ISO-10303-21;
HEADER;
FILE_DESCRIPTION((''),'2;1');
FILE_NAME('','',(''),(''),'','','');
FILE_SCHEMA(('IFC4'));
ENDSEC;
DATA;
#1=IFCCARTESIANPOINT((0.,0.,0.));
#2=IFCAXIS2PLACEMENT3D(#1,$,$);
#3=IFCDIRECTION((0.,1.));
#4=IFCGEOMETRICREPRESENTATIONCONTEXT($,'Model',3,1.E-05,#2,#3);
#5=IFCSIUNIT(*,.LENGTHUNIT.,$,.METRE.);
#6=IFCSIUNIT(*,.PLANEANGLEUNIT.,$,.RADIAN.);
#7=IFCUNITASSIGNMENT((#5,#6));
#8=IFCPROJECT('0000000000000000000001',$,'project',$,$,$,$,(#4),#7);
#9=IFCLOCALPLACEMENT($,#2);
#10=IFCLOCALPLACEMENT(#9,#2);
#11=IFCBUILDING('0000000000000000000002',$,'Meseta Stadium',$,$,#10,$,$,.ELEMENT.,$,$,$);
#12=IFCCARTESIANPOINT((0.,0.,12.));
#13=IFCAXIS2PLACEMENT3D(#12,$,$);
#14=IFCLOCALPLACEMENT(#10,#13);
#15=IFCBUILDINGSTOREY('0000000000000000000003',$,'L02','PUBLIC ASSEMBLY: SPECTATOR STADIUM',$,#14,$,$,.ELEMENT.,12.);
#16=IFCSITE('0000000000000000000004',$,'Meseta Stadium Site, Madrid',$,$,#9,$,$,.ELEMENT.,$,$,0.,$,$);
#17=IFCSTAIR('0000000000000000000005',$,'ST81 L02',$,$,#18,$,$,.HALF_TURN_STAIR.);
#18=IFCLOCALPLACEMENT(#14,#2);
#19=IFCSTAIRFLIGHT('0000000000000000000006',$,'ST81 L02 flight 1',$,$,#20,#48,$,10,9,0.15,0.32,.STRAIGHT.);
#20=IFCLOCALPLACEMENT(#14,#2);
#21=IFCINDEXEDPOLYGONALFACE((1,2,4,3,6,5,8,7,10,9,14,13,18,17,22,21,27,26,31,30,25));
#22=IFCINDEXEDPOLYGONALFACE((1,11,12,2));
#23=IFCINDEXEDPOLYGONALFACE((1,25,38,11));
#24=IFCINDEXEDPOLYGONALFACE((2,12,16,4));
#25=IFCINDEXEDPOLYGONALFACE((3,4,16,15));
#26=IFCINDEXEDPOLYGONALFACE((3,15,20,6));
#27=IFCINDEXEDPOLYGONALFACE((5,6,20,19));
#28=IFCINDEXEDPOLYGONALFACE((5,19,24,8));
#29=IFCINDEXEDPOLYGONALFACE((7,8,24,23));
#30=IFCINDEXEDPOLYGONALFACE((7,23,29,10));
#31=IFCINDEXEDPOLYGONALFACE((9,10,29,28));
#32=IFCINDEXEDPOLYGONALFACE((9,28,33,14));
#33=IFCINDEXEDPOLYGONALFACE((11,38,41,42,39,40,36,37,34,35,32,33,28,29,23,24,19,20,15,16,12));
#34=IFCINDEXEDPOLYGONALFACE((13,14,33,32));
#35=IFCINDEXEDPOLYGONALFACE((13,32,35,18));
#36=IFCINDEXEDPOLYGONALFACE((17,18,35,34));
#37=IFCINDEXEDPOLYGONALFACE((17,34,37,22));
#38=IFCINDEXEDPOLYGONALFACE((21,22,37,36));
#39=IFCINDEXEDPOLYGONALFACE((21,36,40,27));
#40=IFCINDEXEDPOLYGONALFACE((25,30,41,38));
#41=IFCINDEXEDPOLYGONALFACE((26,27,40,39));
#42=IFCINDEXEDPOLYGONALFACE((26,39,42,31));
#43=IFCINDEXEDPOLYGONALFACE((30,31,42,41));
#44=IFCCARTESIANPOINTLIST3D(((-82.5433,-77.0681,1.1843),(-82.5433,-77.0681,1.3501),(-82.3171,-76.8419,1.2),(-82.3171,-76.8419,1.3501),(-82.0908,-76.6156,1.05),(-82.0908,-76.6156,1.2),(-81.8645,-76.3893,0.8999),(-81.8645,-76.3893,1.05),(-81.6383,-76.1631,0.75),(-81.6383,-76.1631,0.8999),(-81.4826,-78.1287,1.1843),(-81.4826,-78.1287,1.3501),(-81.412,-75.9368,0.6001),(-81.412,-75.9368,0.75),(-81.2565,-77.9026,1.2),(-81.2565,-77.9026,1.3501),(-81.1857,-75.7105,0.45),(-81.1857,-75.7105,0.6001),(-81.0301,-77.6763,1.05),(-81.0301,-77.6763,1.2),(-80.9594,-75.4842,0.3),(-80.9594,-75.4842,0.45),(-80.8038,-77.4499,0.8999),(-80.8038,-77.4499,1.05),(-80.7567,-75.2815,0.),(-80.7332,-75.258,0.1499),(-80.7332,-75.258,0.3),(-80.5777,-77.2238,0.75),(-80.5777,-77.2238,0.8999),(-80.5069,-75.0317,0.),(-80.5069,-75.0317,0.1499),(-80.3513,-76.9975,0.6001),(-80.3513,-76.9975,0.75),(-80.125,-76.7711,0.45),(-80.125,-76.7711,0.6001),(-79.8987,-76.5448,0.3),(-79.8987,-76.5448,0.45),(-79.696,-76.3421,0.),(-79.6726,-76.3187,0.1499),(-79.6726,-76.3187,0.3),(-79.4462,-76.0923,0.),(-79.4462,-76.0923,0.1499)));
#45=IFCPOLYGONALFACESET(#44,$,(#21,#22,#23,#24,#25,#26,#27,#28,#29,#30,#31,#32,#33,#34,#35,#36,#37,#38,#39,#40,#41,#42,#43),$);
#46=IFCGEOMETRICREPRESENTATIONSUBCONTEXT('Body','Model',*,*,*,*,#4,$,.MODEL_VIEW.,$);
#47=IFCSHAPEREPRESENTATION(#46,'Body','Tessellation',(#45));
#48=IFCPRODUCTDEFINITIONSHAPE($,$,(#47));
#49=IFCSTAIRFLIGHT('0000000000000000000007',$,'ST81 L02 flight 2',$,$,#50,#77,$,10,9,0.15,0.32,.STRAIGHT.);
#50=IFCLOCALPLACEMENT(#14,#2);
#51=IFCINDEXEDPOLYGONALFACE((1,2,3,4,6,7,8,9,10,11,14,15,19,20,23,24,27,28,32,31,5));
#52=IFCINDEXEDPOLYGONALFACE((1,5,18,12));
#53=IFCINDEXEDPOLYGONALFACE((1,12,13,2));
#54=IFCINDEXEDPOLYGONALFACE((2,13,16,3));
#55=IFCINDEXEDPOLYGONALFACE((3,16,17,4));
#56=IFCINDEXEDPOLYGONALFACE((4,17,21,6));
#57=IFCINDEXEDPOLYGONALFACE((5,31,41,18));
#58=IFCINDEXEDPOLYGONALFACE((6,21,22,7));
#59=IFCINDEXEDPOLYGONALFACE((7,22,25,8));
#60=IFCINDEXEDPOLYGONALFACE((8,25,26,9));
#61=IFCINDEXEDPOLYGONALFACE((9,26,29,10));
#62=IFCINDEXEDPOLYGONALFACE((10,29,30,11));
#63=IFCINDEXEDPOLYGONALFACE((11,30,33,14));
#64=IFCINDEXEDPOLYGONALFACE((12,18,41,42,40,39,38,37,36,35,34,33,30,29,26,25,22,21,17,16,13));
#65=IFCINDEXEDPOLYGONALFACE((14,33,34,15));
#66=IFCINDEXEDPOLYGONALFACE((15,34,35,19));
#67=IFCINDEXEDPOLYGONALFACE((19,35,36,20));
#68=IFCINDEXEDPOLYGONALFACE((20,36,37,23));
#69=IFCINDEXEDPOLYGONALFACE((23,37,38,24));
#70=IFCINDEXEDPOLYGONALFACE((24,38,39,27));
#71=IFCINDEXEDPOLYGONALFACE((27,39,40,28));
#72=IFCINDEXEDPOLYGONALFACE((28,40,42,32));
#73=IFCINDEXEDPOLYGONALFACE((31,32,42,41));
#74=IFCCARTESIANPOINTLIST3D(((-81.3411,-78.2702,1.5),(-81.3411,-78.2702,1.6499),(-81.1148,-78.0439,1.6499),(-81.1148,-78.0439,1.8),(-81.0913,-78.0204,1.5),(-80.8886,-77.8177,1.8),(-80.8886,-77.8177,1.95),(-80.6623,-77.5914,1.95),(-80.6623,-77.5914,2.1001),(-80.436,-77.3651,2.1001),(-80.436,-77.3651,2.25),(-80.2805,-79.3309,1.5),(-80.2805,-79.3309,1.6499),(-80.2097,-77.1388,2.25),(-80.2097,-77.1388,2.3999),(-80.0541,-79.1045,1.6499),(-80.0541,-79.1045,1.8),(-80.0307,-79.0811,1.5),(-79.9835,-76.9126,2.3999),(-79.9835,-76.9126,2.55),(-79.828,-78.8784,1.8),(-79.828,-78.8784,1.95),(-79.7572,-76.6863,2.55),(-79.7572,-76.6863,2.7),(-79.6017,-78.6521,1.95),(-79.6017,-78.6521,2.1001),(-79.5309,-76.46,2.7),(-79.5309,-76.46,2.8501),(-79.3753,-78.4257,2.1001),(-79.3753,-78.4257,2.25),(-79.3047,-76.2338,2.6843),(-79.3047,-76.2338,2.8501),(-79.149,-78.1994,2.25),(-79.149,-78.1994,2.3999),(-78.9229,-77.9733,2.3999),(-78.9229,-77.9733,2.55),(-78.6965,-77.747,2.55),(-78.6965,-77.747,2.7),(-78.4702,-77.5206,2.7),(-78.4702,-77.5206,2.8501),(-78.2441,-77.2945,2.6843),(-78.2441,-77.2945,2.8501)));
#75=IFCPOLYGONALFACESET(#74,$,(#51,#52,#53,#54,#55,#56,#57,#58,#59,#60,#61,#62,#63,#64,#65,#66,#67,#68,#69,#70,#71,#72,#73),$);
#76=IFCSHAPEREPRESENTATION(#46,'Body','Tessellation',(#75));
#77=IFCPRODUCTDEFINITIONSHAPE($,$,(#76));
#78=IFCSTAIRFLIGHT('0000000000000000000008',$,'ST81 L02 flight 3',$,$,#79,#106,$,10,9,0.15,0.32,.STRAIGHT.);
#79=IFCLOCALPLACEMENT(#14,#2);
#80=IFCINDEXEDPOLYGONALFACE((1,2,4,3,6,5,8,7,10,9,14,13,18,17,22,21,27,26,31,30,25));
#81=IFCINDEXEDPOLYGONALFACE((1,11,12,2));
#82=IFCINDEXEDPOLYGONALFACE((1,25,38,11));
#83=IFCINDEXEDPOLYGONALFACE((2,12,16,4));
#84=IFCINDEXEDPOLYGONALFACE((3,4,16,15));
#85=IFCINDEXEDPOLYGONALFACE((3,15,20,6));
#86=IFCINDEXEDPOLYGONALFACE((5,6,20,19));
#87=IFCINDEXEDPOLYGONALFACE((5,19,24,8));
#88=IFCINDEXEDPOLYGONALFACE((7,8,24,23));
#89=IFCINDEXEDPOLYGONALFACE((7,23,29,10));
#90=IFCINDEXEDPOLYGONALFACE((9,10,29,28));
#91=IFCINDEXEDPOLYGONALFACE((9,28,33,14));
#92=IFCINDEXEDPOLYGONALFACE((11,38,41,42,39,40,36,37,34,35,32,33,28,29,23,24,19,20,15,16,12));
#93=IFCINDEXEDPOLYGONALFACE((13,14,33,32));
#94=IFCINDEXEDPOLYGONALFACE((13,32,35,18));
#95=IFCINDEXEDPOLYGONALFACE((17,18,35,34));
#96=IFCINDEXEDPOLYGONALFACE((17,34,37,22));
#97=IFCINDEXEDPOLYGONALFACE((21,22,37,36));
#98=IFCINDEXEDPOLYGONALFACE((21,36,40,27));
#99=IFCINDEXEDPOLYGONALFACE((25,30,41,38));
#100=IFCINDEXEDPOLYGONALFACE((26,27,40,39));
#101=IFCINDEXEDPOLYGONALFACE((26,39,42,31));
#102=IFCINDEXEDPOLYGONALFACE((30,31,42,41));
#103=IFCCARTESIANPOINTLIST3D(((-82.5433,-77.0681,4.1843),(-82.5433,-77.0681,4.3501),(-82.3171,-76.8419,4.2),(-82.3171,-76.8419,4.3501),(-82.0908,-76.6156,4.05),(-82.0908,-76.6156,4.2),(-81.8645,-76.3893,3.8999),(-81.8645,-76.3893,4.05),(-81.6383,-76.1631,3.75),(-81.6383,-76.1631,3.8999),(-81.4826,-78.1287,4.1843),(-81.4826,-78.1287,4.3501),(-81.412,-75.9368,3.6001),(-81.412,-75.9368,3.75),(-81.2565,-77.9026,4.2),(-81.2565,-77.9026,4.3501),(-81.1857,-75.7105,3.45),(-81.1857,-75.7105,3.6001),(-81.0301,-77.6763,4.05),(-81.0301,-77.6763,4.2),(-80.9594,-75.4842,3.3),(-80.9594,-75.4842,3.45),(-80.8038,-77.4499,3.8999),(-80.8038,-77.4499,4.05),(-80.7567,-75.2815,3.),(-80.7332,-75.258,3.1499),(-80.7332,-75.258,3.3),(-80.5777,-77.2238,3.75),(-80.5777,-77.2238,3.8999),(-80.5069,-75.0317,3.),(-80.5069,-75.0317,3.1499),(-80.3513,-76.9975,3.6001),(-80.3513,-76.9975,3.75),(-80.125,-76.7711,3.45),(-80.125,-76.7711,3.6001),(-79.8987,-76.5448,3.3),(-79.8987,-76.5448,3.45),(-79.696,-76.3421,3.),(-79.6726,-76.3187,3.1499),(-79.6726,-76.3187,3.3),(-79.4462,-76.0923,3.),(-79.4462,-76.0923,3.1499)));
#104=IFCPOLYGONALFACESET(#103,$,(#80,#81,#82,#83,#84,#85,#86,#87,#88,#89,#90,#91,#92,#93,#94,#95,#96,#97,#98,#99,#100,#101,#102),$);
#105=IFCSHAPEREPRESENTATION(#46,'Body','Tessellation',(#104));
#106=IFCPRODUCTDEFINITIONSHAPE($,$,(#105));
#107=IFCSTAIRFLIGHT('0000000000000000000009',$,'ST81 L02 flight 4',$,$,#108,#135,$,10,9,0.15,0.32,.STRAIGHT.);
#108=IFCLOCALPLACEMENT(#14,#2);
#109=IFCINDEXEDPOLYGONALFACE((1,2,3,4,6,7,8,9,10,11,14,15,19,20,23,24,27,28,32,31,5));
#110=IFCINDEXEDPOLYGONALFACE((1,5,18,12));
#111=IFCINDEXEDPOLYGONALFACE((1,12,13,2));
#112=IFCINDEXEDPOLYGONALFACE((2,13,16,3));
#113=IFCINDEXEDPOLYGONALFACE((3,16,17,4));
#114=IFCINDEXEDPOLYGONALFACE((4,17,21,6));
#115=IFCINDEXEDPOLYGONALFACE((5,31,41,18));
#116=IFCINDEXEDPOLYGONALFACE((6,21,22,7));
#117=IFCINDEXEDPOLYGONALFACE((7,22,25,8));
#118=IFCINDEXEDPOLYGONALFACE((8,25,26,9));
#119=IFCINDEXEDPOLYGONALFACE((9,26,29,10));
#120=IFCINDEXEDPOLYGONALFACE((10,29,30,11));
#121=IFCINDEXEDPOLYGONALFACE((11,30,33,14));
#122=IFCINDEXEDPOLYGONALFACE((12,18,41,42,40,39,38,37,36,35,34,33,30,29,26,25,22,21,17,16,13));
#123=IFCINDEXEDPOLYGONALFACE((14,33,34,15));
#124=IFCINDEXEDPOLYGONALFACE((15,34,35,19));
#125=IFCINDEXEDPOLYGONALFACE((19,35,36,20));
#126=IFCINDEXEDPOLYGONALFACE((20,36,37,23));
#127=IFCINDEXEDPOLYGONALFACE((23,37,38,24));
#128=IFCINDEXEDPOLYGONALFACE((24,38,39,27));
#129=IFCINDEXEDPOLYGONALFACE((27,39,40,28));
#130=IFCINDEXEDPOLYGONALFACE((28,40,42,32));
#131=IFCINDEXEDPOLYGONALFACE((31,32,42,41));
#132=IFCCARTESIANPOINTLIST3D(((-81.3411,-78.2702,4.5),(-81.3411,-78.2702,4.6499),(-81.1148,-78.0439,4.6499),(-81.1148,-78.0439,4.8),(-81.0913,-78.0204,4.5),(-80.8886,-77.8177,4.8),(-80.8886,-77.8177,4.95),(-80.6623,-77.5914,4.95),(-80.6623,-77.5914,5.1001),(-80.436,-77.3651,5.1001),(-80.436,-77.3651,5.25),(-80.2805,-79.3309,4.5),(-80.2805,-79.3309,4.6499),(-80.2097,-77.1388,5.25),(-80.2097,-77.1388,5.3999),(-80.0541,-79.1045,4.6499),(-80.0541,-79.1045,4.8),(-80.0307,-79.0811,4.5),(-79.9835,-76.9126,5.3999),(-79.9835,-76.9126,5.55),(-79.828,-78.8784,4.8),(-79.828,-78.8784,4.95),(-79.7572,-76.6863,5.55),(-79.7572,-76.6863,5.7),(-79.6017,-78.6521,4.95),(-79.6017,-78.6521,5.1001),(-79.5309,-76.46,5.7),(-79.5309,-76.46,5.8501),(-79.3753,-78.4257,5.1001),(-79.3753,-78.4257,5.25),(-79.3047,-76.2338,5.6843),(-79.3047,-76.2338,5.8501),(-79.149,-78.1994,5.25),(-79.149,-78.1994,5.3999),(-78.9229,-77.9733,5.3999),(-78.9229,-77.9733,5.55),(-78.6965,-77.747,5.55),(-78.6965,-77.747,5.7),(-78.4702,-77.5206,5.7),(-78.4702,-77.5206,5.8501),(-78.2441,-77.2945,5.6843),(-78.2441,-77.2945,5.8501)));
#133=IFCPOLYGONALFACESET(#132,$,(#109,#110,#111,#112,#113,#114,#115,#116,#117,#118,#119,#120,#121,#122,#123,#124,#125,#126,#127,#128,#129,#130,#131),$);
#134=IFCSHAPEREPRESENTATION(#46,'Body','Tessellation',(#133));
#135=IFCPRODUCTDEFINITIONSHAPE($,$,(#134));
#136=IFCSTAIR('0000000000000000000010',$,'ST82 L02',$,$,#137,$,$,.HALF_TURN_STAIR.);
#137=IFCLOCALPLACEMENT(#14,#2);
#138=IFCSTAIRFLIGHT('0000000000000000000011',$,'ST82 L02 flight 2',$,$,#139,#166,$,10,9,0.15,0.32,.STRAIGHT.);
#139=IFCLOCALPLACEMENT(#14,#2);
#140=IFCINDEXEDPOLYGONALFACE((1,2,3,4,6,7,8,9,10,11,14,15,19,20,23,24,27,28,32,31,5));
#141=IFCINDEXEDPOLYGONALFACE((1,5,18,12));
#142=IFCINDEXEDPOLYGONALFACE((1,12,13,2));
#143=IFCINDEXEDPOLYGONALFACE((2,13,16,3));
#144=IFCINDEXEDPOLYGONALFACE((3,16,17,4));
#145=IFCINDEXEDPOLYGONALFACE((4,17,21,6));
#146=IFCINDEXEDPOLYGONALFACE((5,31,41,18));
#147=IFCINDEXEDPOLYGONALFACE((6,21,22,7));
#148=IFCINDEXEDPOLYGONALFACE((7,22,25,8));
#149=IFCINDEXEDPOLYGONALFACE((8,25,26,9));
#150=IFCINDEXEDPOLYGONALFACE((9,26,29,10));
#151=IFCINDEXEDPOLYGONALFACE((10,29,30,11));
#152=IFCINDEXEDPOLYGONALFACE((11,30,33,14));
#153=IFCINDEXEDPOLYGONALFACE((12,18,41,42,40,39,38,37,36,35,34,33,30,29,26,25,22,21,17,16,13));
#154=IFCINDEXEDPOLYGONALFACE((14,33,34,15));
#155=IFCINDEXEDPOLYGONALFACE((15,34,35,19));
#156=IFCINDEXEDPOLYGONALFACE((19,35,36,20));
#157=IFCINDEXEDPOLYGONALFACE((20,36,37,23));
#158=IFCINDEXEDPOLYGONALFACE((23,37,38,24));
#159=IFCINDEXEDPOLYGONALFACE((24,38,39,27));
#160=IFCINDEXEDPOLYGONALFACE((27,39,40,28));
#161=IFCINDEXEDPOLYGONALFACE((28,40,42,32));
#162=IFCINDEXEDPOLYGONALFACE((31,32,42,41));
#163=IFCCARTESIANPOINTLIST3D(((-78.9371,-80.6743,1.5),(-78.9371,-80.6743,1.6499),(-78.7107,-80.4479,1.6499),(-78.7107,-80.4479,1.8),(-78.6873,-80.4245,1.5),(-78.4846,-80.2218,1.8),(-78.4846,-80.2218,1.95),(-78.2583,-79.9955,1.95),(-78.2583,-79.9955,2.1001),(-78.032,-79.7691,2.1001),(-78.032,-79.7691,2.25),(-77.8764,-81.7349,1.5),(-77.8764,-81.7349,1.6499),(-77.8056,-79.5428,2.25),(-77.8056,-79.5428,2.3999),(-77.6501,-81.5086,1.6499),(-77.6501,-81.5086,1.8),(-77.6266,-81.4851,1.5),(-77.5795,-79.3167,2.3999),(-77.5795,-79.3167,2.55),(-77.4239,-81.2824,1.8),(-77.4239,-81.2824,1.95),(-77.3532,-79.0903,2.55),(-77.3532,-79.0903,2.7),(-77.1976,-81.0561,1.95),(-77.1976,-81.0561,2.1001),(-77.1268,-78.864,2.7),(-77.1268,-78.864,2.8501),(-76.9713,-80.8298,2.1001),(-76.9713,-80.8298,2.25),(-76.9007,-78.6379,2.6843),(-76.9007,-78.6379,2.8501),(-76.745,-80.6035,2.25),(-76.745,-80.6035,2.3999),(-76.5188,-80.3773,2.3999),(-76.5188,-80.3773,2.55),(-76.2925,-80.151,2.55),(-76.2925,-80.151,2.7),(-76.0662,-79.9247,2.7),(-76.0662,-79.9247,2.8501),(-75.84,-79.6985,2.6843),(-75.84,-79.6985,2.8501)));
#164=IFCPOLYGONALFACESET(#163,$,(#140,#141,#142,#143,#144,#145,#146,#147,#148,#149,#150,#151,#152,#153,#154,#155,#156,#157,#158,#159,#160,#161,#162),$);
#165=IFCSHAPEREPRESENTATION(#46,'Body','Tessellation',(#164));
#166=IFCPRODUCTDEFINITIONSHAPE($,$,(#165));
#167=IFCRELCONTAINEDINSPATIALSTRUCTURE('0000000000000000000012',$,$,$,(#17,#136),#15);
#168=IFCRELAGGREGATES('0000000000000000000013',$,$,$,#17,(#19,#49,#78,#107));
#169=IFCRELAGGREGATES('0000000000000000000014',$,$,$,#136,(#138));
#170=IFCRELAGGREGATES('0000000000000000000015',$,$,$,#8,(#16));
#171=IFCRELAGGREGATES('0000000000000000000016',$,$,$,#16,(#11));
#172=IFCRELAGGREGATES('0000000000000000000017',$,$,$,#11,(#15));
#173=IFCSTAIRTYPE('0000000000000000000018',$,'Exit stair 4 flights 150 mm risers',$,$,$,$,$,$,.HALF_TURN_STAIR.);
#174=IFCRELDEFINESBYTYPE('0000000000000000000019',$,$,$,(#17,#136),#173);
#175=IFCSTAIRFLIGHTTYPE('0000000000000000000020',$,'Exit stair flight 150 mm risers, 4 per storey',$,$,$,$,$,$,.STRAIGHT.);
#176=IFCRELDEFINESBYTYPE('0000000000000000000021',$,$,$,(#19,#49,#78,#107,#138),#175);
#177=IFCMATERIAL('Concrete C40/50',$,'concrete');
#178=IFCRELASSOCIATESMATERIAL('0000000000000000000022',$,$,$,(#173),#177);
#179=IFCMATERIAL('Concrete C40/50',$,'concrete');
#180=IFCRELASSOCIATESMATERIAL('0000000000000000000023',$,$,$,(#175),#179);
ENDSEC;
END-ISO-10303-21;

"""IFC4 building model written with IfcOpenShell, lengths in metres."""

from ifc_helpers import new_model, si_unit, direction, frame, origin, place, context, subcontext, project, spatial, polyline, outline, extrude, material, type_object, element, aggregate, save


model = new_model("IFC4")

# Units and contexts
model_context = context("Model", 3, precision=1e-05, world=origin(), true_north=direction((0.0, 1.0)))
body_context = subcontext(model_context, "Body", "Model", "MODEL_VIEW")
ifc_project = project(units=[si_unit("LENGTHUNIT", "METRE"), si_unit("PLANEANGLEUNIT", "RADIAN")], contexts=[model_context])

# Site, building, storey
site_placement = place(None, origin())
site = spatial("IfcSite", under=ifc_project, at=site_placement, Name="Meseta Stadium Site, Madrid", CompositionType="ELEMENT", RefElevation=0.0)
building_placement = place(site_placement, origin())
building = spatial("IfcBuilding", under=site, at=building_placement, Name="Meseta Stadium", CompositionType="ELEMENT")
storey_placement = place(building_placement, frame((0.0, 0.0, 12.0)))
storey = spatial("IfcBuildingStorey", under=building, at=storey_placement, Name="L02", Description="PUBLIC ASSEMBLY: SPECTATOR STADIUM", CompositionType="ELEMENT", Elevation=12.0)

# Stairs, stair flights
ifc_material_1 = material(Name="Concrete C40/50", Category="concrete")
stair_type = type_object("IfcStairType", Name="Exit stair 4 flights 150 mm risers", PredefinedType="HALF_TURN_STAIR", material=ifc_material_1)
stair_1_placement = place(storey_placement, origin())
stair_1 = element("IfcStair", 1, at=stair_1_placement, inside=storey, type_object=stair_type, Name="ST81 L02", PredefinedType="HALF_TURN_STAIR")
ifc_material_2 = material(Name="Concrete C40/50", Category="concrete")
stair_flight_type = type_object("IfcStairFlightType", Name="Exit stair flight 150 mm risers, 4 per storey", PredefinedType="STRAIGHT", material=ifc_material_2)
stair_flight_1_placement = place(storey_placement, frame((-79.9766, -75.562, 0.0), z_axis=(0.0, 0.0, 1.0), x_axis=(-0.707107, -0.707107, 0.0)))
stair_flight_1 = element("IfcStairFlight", 2, at=stair_flight_1_placement, type_object=stair_flight_type, Name="ST81 L02 flight 1", NumberOfRisers=10, NumberOfTreads=9, PredefinedType="STRAIGHT", RiserHeight=0.15, TreadLength=0.32, context=body_context, shape_type="SweptSolid", body=[
    extrude(outline(polyline([(0.0, 0.0), (0.0, 0.1499), (0.3201, 0.1499), (0.3201, 0.3), (0.6399, 0.3), (0.6399, 0.45), (0.96, 0.45), (0.96, 0.6001), (1.28, 0.6001), (1.28, 0.75), (1.6001, 0.75), (1.6001, 0.8999), (1.9199, 0.8999), (1.9199, 1.05), (2.24, 1.05), (2.24, 1.2), (2.5601, 1.2), (2.5601, 1.3501), (2.8799, 1.3501), (2.8799, 1.1843), (0.3533, 0.0), (0.0, 0.0)])), frame((0.0, 0.75, 0.0), z_axis=(0.0, -1.0, 0.0), x_axis=(1.0, 0.0, 0.0)), (0.0, 0.0, 1.0), 1.5),
])
stair_flight_2_placement = place(storey_placement, frame((-80.8108, -78.8005, 1.5), z_axis=(0.0, 0.0, 1.0), x_axis=(0.707107, 0.707107, 0.0)))
stair_flight_2 = element("IfcStairFlight", 3, at=stair_flight_2_placement, type_object=stair_flight_type, Name="ST81 L02 flight 2", NumberOfRisers=10, NumberOfTreads=9, PredefinedType="STRAIGHT", RiserHeight=0.15, TreadLength=0.32, context=body_context, shape_type="SweptSolid", body=[
    extrude(outline(polyline([(0.0, 0.0), (0.0, 0.1499), (0.3201, 0.1499), (0.3201, 0.3), (0.6399, 0.3), (0.6399, 0.45), (0.96, 0.45), (0.96, 0.6001), (1.28, 0.6001), (1.28, 0.75), (1.6001, 0.75), (1.6001, 0.8999), (1.9199, 0.8999), (1.9199, 1.05), (2.24, 1.05), (2.24, 1.2), (2.5601, 1.2), (2.5601, 1.3501), (2.8799, 1.3501), (2.8799, 1.1843), (0.3533, 0.0), (0.0, 0.0)])), frame((0.0, 0.75, 0.0), z_axis=(0.0, -1.0, 0.0), x_axis=(1.0, 0.0, 0.0)), (0.0, 0.0, 1.0), 1.5),
])
stair_flight_3_placement = place(storey_placement, frame((-79.9766, -75.562, 3.0), z_axis=(0.0, 0.0, 1.0), x_axis=(-0.707107, -0.707107, 0.0)))
stair_flight_3 = element("IfcStairFlight", 4, at=stair_flight_3_placement, type_object=stair_flight_type, Name="ST81 L02 flight 3", NumberOfRisers=10, NumberOfTreads=9, PredefinedType="STRAIGHT", RiserHeight=0.15, TreadLength=0.32, context=body_context, shape_type="SweptSolid", body=[
    extrude(outline(polyline([(0.0, 0.0), (0.0, 0.1499), (0.3201, 0.1499), (0.3201, 0.3), (0.6399, 0.3), (0.6399, 0.45), (0.96, 0.45), (0.96, 0.6001), (1.28, 0.6001), (1.28, 0.75), (1.6001, 0.75), (1.6001, 0.8999), (1.9199, 0.8999), (1.9199, 1.05), (2.24, 1.05), (2.24, 1.2), (2.5601, 1.2), (2.5601, 1.3501), (2.8799, 1.3501), (2.8799, 1.1843), (0.3533, 0.0), (0.0, 0.0)])), frame((0.0, 0.75, 0.0), z_axis=(0.0, -1.0, 0.0), x_axis=(1.0, 0.0, 0.0)), (0.0, 0.0, 1.0), 1.5),
])
stair_flight_4_placement = place(storey_placement, frame((-80.8108, -78.8005, 4.5), z_axis=(0.0, 0.0, 1.0), x_axis=(0.707107, 0.707107, 0.0)))
stair_flight_4 = element("IfcStairFlight", 5, at=stair_flight_4_placement, type_object=stair_flight_type, Name="ST81 L02 flight 4", NumberOfRisers=10, NumberOfTreads=9, PredefinedType="STRAIGHT", RiserHeight=0.15, TreadLength=0.32, context=body_context, shape_type="SweptSolid", body=[
    extrude(outline(polyline([(0.0, 0.0), (0.0, 0.1499), (0.3201, 0.1499), (0.3201, 0.3), (0.6399, 0.3), (0.6399, 0.45), (0.96, 0.45), (0.96, 0.6001), (1.28, 0.6001), (1.28, 0.75), (1.6001, 0.75), (1.6001, 0.8999), (1.9199, 0.8999), (1.9199, 1.05), (2.24, 1.05), (2.24, 1.2), (2.5601, 1.2), (2.5601, 1.3501), (2.8799, 1.3501), (2.8799, 1.1843), (0.3533, 0.0), (0.0, 0.0)])), frame((0.0, 0.75, 0.0), z_axis=(0.0, -1.0, 0.0), x_axis=(1.0, 0.0, 0.0)), (0.0, 0.0, 1.0), 1.5),
])
aggregate(stair_1, [stair_flight_1, stair_flight_2, stair_flight_3, stair_flight_4])
stair_2_placement = place(storey_placement, origin())
stair_2 = element("IfcStair", 6, at=stair_2_placement, inside=storey, type_object=stair_type, Name="ST82 L02", PredefinedType="HALF_TURN_STAIR")
stair_flight_5_placement = place(storey_placement, frame((-78.4067, -81.2046, 1.5), z_axis=(0.0, 0.0, 1.0), x_axis=(0.707107, 0.707107, 0.0)))
stair_flight_5 = element("IfcStairFlight", 7, at=stair_flight_5_placement, type_object=stair_flight_type, Name="ST82 L02 flight 2", NumberOfRisers=10, NumberOfTreads=9, PredefinedType="STRAIGHT", RiserHeight=0.15, TreadLength=0.32, context=body_context, shape_type="SweptSolid", body=[
    extrude(outline(polyline([(0.0, 0.0), (0.0, 0.1499), (0.3201, 0.1499), (0.3201, 0.3), (0.6399, 0.3), (0.6399, 0.45), (0.96, 0.45), (0.96, 0.6001), (1.28, 0.6001), (1.28, 0.75), (1.6001, 0.75), (1.6001, 0.8999), (1.9199, 0.8999), (1.9199, 1.05), (2.24, 1.05), (2.24, 1.2), (2.5601, 1.2), (2.5601, 1.3501), (2.8799, 1.3501), (2.8799, 1.1843), (0.3533, 0.0), (0.0, 0.0)])), frame((0.0, 0.75, 0.0), z_axis=(0.0, -1.0, 0.0), x_axis=(1.0, 0.0, 0.0)), (0.0, 0.0, 1.0), 1.5),
])
aggregate(stair_2, [stair_flight_5])

save(model, "model.ifc")
